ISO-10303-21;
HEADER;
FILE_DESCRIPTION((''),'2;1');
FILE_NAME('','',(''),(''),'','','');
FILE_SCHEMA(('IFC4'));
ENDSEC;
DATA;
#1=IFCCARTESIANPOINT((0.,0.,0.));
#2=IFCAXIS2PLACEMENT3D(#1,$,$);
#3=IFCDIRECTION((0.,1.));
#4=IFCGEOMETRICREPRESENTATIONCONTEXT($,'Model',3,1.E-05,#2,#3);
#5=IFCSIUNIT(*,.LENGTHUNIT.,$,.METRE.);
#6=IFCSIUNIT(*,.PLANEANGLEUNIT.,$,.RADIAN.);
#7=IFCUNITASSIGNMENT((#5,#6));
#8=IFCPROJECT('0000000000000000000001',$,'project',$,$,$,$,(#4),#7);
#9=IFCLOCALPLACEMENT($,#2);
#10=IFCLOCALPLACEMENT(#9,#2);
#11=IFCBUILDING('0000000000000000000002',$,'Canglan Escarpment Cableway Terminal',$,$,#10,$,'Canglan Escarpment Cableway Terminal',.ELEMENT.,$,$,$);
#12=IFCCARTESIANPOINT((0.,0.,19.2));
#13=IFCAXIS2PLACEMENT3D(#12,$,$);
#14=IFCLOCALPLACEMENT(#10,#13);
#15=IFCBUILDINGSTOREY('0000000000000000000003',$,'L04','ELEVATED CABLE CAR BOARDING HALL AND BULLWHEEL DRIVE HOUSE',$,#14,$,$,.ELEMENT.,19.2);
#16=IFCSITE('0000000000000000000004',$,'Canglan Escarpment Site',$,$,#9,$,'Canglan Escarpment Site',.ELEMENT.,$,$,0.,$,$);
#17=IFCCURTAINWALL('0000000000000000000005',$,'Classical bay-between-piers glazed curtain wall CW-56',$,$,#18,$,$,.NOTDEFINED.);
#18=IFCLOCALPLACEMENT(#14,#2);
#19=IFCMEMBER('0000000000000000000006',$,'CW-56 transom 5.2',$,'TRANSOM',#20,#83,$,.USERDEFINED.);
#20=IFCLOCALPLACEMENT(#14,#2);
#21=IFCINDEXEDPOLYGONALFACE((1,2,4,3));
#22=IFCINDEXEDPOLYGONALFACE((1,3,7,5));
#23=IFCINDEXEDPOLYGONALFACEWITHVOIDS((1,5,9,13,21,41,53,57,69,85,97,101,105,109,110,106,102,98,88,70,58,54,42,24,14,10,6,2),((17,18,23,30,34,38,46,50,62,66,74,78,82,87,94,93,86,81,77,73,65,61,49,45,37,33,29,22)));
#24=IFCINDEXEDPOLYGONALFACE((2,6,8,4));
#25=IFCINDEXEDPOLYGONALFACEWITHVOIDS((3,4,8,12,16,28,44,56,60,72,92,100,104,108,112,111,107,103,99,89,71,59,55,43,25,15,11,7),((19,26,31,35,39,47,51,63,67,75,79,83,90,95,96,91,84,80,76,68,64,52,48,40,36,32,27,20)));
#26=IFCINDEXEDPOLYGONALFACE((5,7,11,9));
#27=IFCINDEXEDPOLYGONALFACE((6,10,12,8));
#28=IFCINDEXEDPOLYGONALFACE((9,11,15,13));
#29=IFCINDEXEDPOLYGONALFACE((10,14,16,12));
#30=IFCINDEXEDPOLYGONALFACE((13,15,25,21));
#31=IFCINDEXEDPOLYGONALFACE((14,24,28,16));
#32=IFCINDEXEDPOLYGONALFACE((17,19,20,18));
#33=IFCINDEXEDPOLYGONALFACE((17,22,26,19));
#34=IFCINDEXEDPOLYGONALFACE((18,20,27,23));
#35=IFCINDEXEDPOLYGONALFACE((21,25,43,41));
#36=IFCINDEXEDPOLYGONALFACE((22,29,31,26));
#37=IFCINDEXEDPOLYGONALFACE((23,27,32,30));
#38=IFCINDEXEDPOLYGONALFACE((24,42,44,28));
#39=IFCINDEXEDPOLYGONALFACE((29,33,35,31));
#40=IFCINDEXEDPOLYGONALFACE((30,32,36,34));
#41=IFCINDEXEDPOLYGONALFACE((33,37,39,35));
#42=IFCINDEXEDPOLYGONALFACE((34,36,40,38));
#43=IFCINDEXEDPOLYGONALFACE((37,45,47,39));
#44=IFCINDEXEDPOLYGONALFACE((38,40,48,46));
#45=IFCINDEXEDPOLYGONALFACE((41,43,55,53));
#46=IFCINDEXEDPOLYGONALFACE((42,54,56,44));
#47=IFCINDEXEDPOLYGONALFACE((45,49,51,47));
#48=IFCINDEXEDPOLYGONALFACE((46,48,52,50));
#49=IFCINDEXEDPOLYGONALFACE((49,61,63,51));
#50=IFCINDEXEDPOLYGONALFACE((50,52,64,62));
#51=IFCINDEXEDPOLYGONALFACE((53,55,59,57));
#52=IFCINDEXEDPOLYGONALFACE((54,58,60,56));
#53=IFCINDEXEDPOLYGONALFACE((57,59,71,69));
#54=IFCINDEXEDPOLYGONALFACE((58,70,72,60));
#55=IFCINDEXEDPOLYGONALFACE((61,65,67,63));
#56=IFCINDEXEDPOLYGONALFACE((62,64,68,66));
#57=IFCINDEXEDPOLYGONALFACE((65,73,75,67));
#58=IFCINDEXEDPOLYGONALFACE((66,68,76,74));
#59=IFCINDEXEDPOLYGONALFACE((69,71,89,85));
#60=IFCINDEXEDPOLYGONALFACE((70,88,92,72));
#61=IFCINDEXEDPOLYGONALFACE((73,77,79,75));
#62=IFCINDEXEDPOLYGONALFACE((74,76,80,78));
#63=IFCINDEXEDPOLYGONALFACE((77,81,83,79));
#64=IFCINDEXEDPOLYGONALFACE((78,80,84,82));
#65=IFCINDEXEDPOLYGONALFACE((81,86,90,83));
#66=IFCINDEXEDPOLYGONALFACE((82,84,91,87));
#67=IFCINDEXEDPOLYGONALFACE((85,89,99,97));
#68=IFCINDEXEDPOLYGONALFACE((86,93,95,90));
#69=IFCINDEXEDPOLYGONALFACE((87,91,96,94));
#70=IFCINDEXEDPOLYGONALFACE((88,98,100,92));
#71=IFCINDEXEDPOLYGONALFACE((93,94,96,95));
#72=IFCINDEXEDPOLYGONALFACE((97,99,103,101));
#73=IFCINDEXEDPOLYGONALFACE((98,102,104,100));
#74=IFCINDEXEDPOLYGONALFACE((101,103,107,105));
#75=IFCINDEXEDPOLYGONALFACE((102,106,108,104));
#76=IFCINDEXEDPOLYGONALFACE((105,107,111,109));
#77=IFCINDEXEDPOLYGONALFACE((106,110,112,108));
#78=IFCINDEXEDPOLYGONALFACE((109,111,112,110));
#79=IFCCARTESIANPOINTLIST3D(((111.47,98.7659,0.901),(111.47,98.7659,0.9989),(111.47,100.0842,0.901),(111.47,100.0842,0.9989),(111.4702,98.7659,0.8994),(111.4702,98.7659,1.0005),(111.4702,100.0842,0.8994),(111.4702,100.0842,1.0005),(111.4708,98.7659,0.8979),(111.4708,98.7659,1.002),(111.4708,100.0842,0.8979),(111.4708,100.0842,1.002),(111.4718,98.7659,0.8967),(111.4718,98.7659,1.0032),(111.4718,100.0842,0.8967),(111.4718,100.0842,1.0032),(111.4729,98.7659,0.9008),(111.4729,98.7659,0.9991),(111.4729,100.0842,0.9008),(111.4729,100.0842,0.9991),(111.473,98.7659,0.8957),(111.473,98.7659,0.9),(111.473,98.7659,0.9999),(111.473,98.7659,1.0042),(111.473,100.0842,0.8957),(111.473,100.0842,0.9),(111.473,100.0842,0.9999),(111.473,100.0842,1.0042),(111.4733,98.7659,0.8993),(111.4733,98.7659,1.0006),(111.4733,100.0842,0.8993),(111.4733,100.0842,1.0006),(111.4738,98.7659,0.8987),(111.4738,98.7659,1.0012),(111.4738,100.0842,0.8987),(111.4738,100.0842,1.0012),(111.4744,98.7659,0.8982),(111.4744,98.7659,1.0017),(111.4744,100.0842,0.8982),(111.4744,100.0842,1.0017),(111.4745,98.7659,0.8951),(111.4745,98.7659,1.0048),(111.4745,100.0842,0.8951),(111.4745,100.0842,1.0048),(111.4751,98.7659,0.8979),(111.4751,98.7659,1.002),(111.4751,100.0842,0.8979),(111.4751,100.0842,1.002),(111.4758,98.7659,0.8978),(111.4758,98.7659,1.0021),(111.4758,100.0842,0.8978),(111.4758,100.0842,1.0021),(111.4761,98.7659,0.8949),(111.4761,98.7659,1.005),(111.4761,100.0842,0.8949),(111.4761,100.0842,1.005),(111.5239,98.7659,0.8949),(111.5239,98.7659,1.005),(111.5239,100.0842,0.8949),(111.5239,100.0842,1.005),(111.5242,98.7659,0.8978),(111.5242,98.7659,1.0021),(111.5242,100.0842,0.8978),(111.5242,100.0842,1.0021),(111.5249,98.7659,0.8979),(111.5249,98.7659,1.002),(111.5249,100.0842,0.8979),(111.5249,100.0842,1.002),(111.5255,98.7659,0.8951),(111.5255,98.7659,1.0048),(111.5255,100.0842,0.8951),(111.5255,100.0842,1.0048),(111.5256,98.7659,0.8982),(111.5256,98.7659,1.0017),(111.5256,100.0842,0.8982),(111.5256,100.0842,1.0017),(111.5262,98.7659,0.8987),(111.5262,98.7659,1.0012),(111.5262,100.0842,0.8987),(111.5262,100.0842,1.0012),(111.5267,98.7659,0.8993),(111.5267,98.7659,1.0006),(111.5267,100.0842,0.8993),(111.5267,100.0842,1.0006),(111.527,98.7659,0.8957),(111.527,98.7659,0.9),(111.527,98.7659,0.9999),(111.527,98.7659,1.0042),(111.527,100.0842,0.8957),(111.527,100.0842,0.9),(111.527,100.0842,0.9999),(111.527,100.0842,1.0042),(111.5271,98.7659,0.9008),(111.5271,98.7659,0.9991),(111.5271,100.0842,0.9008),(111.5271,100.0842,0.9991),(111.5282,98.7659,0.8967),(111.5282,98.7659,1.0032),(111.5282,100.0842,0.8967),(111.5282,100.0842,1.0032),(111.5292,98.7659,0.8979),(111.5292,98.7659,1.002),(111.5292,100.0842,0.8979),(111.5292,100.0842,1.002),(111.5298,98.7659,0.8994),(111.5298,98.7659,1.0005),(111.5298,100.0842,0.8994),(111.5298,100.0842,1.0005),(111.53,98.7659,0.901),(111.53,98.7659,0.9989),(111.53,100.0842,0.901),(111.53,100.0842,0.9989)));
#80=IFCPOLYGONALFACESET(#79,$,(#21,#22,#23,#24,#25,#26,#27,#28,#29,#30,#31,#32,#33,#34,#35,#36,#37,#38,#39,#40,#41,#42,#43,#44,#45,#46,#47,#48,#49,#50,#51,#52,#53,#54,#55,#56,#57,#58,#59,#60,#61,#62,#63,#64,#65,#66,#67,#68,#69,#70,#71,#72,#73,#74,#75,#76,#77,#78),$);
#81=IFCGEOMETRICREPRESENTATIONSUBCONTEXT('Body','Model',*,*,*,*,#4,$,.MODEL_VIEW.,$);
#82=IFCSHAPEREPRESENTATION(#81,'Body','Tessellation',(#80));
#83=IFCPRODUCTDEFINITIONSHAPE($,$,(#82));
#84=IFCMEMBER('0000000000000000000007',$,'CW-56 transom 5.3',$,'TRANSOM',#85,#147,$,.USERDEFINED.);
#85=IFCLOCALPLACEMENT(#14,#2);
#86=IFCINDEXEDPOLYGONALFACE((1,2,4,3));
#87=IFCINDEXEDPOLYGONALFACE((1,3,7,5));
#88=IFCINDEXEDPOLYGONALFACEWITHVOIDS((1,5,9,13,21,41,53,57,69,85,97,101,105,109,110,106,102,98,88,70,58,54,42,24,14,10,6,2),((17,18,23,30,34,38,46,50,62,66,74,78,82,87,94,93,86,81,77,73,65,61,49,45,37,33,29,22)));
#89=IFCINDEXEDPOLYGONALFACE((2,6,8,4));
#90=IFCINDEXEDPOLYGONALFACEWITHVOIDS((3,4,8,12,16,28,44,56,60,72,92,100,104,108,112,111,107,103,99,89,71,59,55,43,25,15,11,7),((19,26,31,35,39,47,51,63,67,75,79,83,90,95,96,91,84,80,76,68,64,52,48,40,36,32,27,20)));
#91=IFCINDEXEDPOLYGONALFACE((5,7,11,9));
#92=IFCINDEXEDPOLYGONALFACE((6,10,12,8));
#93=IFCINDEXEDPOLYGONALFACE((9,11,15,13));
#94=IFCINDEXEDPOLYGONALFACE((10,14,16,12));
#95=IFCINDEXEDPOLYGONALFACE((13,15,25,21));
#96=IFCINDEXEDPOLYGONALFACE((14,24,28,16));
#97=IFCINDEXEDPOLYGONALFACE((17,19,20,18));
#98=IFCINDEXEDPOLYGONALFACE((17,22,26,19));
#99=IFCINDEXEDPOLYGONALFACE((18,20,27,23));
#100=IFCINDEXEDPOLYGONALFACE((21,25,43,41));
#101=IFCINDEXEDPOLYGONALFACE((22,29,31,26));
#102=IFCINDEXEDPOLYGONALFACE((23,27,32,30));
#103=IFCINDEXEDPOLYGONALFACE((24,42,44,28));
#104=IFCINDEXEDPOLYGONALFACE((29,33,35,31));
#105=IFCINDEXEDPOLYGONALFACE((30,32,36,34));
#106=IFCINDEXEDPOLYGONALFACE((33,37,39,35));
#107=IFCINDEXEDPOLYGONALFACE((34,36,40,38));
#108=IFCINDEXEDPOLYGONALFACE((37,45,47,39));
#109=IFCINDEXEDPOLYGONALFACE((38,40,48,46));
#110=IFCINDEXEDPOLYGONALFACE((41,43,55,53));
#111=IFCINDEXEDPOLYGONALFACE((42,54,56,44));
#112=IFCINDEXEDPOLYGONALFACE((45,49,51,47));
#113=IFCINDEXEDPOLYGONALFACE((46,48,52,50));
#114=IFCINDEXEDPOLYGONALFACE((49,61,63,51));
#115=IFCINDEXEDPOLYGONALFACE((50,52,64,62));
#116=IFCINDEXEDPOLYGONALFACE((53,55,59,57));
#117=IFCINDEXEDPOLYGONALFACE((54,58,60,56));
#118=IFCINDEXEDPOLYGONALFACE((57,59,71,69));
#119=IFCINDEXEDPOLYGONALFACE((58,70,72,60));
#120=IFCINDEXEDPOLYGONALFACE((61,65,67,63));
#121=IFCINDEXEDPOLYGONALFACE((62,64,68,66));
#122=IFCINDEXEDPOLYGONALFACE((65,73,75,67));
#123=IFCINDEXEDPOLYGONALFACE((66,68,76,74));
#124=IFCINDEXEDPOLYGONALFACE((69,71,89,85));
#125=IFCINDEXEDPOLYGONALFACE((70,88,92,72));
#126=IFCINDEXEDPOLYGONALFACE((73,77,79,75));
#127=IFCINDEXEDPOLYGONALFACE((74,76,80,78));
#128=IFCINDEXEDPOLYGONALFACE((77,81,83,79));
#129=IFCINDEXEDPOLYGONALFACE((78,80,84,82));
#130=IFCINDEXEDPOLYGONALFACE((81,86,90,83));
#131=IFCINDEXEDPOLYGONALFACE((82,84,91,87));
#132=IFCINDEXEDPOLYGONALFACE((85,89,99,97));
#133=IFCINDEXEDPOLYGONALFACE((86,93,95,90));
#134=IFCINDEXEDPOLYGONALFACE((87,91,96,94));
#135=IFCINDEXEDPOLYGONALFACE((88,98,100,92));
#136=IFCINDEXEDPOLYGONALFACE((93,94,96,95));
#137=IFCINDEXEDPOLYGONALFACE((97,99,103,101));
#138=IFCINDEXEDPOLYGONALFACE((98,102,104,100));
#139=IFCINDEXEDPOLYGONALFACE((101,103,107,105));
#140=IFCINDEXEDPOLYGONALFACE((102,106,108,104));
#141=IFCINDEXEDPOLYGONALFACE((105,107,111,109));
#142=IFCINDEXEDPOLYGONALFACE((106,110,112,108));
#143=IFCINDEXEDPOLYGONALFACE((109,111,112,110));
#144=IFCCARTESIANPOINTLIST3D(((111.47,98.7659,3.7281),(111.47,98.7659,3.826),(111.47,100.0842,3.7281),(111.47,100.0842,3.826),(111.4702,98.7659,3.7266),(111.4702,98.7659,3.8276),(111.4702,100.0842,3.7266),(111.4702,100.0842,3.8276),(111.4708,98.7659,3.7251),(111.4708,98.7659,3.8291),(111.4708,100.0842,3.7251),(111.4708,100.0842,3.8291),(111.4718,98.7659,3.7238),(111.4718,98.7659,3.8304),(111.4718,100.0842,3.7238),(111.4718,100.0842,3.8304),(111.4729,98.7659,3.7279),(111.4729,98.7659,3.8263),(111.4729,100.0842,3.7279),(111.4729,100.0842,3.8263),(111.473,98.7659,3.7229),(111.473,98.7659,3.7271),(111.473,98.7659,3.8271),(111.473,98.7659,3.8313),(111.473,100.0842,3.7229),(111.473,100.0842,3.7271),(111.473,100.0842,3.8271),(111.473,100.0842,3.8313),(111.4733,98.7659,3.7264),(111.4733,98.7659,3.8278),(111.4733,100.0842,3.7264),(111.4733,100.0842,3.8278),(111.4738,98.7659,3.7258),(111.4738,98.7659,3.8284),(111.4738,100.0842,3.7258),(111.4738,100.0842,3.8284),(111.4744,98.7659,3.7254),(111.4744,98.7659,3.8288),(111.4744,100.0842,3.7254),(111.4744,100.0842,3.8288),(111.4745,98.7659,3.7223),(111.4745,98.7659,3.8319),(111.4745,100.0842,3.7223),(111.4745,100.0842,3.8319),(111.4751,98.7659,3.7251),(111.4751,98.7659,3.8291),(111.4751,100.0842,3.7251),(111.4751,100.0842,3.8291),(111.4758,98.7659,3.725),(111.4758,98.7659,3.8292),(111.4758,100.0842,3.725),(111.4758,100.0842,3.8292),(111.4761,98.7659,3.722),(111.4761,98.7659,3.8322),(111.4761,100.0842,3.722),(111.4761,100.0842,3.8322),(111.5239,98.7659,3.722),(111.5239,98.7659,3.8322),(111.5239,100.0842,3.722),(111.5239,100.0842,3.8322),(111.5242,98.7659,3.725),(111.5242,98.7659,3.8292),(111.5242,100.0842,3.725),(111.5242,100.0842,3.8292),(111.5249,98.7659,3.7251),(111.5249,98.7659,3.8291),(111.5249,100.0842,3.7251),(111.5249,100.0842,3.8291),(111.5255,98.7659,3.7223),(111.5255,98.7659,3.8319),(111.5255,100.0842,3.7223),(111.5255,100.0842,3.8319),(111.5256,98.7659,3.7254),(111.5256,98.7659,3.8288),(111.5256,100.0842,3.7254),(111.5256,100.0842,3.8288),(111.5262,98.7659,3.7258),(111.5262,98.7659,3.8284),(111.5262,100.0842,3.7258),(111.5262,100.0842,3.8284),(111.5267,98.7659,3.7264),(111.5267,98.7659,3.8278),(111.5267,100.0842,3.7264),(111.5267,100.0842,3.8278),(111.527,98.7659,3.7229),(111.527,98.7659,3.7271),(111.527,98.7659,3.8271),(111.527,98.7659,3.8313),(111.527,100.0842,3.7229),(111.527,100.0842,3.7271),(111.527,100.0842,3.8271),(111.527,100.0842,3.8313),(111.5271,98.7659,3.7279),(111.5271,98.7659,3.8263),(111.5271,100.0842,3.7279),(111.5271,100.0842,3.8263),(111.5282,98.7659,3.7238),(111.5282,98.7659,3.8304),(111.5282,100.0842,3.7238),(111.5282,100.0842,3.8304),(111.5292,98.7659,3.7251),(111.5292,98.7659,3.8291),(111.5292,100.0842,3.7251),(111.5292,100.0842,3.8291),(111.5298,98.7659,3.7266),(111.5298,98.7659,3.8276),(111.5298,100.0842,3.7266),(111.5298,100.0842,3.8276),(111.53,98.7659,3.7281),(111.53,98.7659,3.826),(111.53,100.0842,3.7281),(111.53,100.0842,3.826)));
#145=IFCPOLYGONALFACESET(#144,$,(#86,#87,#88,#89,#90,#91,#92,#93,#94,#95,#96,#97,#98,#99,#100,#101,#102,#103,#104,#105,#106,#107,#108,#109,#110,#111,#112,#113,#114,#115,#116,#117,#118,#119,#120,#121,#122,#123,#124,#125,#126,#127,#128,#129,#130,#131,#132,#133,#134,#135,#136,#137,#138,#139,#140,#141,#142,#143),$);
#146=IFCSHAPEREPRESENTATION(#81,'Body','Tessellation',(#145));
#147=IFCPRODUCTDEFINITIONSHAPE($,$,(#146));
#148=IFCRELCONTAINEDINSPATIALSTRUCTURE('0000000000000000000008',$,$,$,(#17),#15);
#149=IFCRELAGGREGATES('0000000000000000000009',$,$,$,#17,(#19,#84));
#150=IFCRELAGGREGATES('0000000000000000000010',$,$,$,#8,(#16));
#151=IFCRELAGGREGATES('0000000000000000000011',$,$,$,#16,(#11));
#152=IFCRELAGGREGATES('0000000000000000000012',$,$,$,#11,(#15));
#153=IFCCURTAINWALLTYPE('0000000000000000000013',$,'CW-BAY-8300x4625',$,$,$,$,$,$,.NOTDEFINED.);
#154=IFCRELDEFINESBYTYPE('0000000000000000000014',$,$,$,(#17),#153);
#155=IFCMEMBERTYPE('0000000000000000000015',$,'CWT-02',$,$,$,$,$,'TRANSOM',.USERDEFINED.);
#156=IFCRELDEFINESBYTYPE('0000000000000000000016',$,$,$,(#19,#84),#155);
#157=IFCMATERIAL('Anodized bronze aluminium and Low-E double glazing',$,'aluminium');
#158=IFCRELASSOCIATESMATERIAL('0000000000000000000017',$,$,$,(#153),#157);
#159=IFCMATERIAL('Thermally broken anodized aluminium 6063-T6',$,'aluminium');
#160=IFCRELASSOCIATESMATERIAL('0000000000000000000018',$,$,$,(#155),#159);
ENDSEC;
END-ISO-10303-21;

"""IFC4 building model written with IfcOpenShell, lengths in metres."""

from ifc_helpers import new_model, si_unit, direction, frame, origin, origin_2d, place, context, subcontext, project, spatial, hollow_rectangle, extrude, material, material_profile, profile_set, type_object, element, aggregate, save


model = new_model("IFC4")

# Units and contexts
model_context = context("Model", 3, precision=1e-05, world=origin(), true_north=direction((0.0, 1.0)))
body_context = subcontext(model_context, "Body", "Model", "MODEL_VIEW")
ifc_project = project(units=[si_unit("LENGTHUNIT", "METRE"), si_unit("PLANEANGLEUNIT", "RADIAN")], contexts=[model_context])

# Site, building, storey
site_placement = place(None, origin())
site = spatial("IfcSite", under=ifc_project, at=site_placement, Name="Canglan Escarpment Site", LongName="Canglan Escarpment Site", CompositionType="ELEMENT", RefElevation=0.0)
building_placement = place(site_placement, origin())
building = spatial("IfcBuilding", under=site, at=building_placement, Name="Canglan Escarpment Cableway Terminal", LongName="Canglan Escarpment Cableway Terminal", CompositionType="ELEMENT")
storey_placement = place(building_placement, frame((0.0, 0.0, 19.2)))
storey = spatial("IfcBuildingStorey", under=building, at=storey_placement, Name="L04", Description="ELEVATED CABLE CAR BOARDING HALL AND BULLWHEEL DRIVE HOUSE", CompositionType="ELEMENT", Elevation=19.2)

# Curtain wall
ifc_material_1 = material(Name="Anodized bronze aluminium and Low-E double glazing", Category="aluminium")
ifc_material_2 = material(Name="Thermally broken anodized aluminium 6063-T6", Category="aluminium")
curtain_wall_type_1 = type_object("IfcCurtainWallType", Name="CW-BAY-8300x4625", PredefinedType="NOTDEFINED", material=ifc_material_1)
curtain_wall_1_placement = place(storey_placement, origin())
curtain_wall_1 = element("IfcCurtainWall", 1, at=curtain_wall_1_placement, inside=storey, type_object=curtain_wall_type_1, Name="Classical bay-between-piers glazed curtain wall CW-56", PredefinedType="NOTDEFINED")

# Members
ifc_material_profile_1 = material_profile(ifc_material_2, hollow_rectangle(XDim=0.0601, YDim=0.1101, WallThickness=0.0029, InnerFilletRadius=0.0029, OuterFilletRadius=0.0061, at=origin_2d()), Name="ALU-TRAN 60x110x3")
ifc_profile_set_1 = profile_set([ifc_material_profile_1], Name="Thermally broken anodized aluminium 6063-T6")
member_type_1 = type_object("IfcMemberType", Name="CWT-02", ElementType="TRANSOM", PredefinedType="USERDEFINED", material=ifc_profile_set_1)
member_1_placement = place(storey_placement, frame((111.5, 100.0842, 0.95), z_axis=(0.0, -1.0, 0.0), x_axis=(1.0, 0.0, 0.0)))
member_1 = element("IfcMember", 2, at=member_1_placement, type_object=member_type_1, Name="CW-56 transom 5.2", ObjectType="TRANSOM", PredefinedType="USERDEFINED", context=body_context, shape_type="SweptSolid", body=[
    extrude(hollow_rectangle(XDim=0.0601, YDim=0.1101, WallThickness=0.0029, InnerFilletRadius=0.0029, OuterFilletRadius=0.0061, at=origin_2d()), origin(), (0.0, 0.0, 1.0), 1.3184),
])
member_2_placement = place(storey_placement, frame((111.5, 100.0842, 3.7771), z_axis=(0.0, -1.0, 0.0), x_axis=(1.0, 0.0, 0.0)))
member_2 = element("IfcMember", 3, at=member_2_placement, type_object=member_type_1, Name="CW-56 transom 5.3", ObjectType="TRANSOM", PredefinedType="USERDEFINED", context=body_context, shape_type="SweptSolid", body=[
    extrude(hollow_rectangle(XDim=0.0601, YDim=0.1101, WallThickness=0.0029, InnerFilletRadius=0.0029, OuterFilletRadius=0.0061, at=origin_2d()), origin(), (0.0, 0.0, 1.0), 1.3184),
])

aggregate(curtain_wall_1, [member_1, member_2])

save(model, "model.ifc")
